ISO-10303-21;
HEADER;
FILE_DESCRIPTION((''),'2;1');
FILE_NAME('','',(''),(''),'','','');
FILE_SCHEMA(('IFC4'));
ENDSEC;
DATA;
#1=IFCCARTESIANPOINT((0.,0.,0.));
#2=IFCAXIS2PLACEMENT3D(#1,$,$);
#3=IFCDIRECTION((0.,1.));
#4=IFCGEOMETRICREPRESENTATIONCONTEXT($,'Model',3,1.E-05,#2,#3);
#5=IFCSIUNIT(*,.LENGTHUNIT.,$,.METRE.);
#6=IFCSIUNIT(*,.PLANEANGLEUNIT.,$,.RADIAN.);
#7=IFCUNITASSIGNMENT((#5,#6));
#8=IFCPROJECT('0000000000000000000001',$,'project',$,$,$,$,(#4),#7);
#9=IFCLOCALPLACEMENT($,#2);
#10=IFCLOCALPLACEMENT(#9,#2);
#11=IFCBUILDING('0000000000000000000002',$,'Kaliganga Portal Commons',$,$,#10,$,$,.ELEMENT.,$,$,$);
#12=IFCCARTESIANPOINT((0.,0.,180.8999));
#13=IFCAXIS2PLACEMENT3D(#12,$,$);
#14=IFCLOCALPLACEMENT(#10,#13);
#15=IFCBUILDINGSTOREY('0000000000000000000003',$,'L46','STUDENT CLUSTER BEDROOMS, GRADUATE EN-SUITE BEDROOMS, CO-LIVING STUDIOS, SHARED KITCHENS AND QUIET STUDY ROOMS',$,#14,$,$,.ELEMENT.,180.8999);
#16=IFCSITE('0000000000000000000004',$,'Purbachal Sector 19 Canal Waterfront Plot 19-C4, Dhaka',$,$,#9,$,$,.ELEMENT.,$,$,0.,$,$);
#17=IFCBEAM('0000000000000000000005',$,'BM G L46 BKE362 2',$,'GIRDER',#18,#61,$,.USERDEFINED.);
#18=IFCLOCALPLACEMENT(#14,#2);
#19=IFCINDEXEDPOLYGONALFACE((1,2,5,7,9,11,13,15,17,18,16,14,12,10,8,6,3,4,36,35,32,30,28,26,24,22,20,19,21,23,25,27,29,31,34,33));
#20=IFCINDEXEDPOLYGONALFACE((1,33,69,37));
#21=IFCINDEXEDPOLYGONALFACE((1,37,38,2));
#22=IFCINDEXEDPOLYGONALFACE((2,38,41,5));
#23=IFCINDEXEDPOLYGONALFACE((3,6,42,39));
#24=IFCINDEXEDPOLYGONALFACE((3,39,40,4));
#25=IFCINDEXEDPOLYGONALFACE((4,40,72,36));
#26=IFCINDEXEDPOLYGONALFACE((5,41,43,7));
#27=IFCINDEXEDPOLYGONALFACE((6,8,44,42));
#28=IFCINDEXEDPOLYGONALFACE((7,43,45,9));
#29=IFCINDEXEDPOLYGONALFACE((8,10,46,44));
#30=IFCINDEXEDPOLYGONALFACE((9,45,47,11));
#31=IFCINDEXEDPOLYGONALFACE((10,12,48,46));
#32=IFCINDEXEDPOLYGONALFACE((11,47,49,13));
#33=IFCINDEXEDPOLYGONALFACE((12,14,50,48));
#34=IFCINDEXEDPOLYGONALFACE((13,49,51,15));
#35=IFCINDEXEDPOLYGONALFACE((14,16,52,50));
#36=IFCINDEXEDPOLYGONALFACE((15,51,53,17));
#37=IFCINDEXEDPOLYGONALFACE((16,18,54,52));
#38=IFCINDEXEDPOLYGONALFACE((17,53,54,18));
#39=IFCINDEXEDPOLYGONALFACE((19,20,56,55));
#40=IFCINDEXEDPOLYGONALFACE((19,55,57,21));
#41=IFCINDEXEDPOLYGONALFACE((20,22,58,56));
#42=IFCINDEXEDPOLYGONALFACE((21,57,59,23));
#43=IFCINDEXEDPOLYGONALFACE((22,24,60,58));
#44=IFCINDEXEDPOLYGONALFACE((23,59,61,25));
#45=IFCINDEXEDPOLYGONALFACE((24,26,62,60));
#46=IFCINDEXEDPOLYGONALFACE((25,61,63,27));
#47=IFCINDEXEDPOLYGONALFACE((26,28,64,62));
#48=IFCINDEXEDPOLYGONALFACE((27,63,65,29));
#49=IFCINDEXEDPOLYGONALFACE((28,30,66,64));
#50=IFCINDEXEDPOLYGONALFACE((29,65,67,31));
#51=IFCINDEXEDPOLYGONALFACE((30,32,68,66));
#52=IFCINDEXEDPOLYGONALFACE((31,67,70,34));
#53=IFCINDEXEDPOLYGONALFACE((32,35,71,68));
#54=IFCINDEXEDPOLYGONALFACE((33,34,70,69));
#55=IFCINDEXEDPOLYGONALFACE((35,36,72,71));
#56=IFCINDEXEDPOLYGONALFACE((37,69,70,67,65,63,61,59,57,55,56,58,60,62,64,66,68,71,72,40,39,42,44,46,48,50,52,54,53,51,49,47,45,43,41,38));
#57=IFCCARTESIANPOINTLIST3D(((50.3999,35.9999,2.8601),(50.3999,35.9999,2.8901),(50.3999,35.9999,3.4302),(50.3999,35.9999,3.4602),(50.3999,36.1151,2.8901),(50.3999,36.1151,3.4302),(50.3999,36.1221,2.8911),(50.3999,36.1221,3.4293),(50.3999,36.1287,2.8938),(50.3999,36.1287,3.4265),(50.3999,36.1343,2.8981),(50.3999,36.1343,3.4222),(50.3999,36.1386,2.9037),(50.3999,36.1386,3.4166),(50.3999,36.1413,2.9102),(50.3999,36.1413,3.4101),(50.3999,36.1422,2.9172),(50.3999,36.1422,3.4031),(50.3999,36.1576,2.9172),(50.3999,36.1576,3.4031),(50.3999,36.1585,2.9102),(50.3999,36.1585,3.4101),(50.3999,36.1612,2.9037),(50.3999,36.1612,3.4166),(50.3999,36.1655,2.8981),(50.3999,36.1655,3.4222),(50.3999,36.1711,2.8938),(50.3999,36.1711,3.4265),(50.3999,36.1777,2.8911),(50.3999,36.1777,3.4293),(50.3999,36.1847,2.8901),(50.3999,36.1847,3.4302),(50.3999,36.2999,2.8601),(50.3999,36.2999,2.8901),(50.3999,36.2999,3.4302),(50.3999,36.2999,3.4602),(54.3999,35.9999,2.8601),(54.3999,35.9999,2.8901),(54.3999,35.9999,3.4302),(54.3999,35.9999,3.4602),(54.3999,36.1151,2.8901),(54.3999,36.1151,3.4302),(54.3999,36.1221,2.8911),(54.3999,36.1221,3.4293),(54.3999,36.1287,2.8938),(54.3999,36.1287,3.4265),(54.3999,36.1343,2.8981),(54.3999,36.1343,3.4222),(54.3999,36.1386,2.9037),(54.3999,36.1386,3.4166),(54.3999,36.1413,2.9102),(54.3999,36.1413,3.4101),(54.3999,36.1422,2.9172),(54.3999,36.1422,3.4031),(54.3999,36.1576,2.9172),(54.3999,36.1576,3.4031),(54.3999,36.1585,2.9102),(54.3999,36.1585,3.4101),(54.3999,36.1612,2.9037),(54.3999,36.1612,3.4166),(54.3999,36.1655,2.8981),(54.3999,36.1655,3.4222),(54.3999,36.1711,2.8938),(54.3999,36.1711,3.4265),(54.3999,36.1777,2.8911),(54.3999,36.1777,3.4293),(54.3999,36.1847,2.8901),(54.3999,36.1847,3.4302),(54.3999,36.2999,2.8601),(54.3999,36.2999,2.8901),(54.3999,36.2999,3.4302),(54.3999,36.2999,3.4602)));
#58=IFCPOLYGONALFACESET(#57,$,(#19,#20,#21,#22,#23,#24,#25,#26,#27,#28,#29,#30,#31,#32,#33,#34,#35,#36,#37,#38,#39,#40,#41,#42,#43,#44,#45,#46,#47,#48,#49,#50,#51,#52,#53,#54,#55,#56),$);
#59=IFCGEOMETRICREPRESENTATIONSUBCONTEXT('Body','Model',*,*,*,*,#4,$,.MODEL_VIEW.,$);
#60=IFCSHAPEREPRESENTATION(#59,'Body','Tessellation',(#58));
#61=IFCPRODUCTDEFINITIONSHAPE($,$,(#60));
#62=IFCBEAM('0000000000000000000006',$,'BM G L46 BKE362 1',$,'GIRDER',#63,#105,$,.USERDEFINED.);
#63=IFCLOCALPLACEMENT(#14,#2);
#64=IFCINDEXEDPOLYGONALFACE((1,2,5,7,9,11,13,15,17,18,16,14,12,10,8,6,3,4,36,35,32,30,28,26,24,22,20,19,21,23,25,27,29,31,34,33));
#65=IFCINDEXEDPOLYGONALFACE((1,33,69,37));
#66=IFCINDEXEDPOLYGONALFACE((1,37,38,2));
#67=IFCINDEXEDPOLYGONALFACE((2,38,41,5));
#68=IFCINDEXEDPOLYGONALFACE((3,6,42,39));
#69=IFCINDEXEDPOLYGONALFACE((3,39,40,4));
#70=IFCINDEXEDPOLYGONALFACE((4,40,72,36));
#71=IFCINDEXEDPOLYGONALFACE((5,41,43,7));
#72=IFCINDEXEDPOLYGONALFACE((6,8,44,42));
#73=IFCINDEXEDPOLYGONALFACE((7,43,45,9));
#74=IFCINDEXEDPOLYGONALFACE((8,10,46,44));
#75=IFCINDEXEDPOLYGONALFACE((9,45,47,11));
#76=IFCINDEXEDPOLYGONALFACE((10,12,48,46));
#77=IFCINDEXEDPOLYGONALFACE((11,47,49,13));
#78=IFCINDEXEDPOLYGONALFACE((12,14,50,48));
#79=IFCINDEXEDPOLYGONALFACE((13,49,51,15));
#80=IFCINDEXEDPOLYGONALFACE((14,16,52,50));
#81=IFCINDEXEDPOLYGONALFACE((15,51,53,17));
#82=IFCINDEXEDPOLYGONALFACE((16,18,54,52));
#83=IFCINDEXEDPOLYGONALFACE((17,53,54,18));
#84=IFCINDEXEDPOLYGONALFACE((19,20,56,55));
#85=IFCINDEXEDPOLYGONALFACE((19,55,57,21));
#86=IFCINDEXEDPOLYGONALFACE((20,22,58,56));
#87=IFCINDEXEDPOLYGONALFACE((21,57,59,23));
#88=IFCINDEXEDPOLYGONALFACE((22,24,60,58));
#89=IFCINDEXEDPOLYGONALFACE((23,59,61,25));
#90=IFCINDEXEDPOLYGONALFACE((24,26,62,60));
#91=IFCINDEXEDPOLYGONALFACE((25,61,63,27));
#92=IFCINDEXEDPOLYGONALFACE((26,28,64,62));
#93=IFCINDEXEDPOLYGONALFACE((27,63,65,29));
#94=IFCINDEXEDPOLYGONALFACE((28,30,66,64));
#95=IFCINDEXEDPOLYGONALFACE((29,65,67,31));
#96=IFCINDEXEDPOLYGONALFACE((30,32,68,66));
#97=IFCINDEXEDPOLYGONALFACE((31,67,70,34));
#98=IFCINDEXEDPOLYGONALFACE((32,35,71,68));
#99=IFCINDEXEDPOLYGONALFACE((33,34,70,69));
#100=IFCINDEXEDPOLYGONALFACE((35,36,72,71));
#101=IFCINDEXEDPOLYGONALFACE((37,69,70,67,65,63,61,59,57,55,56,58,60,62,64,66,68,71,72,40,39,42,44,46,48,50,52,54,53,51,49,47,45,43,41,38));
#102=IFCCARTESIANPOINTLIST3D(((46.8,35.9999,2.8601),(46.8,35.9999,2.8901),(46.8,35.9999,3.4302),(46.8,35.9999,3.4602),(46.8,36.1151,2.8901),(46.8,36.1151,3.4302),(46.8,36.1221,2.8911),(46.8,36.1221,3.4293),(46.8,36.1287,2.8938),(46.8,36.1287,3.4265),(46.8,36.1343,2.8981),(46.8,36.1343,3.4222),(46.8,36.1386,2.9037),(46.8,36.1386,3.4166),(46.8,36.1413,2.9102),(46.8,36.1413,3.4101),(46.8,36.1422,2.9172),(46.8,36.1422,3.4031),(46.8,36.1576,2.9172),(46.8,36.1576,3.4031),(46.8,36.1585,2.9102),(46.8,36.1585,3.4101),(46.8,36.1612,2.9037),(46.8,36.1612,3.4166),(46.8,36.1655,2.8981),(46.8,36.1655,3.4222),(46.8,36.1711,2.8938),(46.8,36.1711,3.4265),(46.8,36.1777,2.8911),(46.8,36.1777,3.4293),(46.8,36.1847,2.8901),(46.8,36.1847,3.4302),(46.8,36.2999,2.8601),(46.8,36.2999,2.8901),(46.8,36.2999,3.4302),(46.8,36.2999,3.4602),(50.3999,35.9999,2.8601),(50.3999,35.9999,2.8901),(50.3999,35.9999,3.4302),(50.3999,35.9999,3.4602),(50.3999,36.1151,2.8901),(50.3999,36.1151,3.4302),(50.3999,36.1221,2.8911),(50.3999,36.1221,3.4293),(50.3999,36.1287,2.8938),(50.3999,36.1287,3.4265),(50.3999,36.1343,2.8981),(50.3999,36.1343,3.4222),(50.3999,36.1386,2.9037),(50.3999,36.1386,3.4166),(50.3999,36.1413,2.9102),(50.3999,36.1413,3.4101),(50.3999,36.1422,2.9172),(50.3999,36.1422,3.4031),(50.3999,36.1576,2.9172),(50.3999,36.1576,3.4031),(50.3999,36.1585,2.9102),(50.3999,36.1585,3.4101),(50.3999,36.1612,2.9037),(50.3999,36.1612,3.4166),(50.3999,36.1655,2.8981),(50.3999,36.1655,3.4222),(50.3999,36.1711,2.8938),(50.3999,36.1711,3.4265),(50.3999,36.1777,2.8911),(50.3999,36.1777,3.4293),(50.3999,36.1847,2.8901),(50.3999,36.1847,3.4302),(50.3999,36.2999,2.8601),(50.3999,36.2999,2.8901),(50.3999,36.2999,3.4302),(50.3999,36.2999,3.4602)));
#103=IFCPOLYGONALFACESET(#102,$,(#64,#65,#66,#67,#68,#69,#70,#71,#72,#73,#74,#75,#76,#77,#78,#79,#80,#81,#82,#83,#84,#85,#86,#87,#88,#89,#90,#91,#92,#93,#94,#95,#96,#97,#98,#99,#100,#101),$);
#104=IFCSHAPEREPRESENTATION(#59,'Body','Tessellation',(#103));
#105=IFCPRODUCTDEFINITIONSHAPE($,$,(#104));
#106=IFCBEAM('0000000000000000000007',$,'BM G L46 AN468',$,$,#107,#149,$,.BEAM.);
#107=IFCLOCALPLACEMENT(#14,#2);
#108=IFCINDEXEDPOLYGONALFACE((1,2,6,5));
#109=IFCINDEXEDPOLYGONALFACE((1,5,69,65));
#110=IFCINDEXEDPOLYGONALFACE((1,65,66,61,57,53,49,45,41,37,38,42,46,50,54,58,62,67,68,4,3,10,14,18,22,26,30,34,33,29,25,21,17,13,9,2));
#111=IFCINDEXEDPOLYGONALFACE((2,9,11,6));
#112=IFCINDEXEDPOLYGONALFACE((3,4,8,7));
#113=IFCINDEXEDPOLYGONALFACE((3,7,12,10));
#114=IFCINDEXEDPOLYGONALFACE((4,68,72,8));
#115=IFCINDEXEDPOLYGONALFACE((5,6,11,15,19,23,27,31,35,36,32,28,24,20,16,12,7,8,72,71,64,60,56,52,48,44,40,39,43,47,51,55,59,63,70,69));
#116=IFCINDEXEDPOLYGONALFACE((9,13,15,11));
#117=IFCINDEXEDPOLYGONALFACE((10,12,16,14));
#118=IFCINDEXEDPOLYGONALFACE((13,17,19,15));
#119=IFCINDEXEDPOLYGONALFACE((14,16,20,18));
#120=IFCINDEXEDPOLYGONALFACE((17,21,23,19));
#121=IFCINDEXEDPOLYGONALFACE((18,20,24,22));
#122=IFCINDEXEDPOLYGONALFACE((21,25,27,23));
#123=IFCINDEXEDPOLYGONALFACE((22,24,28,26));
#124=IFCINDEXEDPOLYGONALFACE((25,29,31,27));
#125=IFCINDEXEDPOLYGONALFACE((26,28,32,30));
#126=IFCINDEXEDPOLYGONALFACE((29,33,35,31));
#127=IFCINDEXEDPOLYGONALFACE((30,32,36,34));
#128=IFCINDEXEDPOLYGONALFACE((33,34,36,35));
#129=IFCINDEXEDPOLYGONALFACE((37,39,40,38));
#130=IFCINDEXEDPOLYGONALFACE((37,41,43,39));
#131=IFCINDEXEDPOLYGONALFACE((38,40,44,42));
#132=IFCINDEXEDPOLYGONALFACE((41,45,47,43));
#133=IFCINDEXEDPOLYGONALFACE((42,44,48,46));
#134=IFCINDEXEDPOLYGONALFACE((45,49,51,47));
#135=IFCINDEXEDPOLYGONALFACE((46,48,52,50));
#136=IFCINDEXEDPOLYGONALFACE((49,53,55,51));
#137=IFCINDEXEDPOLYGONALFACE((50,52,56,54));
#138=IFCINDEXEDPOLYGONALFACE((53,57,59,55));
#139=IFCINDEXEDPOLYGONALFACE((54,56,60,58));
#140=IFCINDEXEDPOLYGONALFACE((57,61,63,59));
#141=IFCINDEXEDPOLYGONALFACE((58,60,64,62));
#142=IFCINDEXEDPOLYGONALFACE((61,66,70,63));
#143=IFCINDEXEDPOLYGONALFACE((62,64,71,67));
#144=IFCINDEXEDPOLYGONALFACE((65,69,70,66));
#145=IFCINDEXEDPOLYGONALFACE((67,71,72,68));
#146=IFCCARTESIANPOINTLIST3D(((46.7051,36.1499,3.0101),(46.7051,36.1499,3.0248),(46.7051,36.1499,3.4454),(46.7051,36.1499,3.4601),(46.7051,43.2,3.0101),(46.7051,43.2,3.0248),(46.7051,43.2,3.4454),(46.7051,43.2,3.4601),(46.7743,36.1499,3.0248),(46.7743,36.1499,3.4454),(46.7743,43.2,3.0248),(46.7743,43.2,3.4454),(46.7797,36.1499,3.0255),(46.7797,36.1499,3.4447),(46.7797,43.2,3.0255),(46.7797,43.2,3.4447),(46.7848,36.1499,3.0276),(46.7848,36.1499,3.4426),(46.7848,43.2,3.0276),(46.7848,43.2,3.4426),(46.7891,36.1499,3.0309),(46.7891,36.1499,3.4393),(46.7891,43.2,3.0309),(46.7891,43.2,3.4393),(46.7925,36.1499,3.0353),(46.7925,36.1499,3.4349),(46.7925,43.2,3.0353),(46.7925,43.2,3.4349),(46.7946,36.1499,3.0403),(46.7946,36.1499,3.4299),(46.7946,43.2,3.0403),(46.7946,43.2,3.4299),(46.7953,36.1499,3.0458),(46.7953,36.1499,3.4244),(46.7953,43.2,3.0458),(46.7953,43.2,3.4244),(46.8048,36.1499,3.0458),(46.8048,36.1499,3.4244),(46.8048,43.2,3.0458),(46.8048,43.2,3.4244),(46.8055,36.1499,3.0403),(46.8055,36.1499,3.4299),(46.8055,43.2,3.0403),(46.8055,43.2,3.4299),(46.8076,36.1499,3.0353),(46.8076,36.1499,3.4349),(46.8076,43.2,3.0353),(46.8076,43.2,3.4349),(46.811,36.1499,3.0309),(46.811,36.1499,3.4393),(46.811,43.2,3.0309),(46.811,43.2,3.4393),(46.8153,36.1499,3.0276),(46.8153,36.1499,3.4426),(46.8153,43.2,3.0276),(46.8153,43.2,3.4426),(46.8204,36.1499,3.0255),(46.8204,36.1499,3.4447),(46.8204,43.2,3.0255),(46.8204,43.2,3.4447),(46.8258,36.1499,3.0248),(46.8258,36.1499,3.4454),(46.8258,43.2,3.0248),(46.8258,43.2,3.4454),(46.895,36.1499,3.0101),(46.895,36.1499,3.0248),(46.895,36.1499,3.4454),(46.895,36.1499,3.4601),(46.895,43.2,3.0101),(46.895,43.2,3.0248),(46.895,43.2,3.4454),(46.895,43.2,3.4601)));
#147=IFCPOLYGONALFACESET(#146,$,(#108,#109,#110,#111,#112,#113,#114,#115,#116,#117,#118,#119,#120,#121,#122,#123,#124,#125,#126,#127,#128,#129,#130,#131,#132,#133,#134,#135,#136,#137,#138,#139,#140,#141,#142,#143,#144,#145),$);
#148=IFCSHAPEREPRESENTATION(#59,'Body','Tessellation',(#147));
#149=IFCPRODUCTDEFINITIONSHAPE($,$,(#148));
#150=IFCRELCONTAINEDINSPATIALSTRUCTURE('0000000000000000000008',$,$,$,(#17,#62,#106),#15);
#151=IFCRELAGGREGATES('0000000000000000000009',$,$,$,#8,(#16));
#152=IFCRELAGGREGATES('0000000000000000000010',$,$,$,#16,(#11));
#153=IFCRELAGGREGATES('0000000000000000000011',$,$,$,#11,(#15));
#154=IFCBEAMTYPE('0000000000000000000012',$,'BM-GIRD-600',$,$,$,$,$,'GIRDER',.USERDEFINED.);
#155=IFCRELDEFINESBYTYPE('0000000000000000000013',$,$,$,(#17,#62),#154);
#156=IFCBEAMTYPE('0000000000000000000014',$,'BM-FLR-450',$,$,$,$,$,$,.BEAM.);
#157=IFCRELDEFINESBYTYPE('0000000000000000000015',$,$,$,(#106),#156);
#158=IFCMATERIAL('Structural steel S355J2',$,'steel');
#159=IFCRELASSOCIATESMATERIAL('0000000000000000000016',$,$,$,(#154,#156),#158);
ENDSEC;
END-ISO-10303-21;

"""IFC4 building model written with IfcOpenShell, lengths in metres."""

from ifc_helpers import new_model, si_unit, direction, frame, origin, origin_2d, place, context, subcontext, project, spatial, i_section, extrude, source, transform, mapped, material, material_profile, profile_set, type_object, element, save


model = new_model("IFC4")

# Units and contexts
model_context = context("Model", 3, precision=1e-05, world=origin(), true_north=direction((0.0, 1.0)))
body_context = subcontext(model_context, "Body", "Model", "MODEL_VIEW")
ifc_project = project(units=[si_unit("LENGTHUNIT", "METRE"), si_unit("PLANEANGLEUNIT", "RADIAN")], contexts=[model_context])

# Site, building, storey
site_placement = place(None, origin())
site = spatial("IfcSite", under=ifc_project, at=site_placement, Name="Purbachal Sector 19 Canal Waterfront Plot 19-C4, Dhaka", CompositionType="ELEMENT", RefElevation=0.0)
building_placement = place(site_placement, origin())
building = spatial("IfcBuilding", under=site, at=building_placement, Name="Kaliganga Portal Commons", CompositionType="ELEMENT")
storey_placement = place(building_placement, frame((0.0, 0.0, 180.8999)))
storey = spatial("IfcBuildingStorey", under=building, at=storey_placement, Name="L46", Description="STUDENT CLUSTER BEDROOMS, GRADUATE EN-SUITE BEDROOMS, CO-LIVING STUDIOS, SHARED KITCHENS AND QUIET STUDY ROOMS", CompositionType="ELEMENT", Elevation=180.8999)

# Beams
ifc_material_1 = material(Name="Structural steel S355J2", Category="steel")
ifc_material_profile_1 = material_profile(ifc_material_1, i_section(OverallWidth=0.3, OverallDepth=0.6001, WebThickness=0.0154, FlangeThickness=0.03, FilletRadius=0.0271, at=origin_2d()), Name="HE 600 B")
ifc_profile_set_1 = profile_set([ifc_material_profile_1], Name="Structural steel S355J2 wide-flange")
beam_type_1 = type_object("IfcBeamType", Name="BM-GIRD-600", ElementType="GIRDER", PredefinedType="USERDEFINED", material=ifc_profile_set_1)
shared_shape_1 = source(origin(), body_context, "Body", "SweptSolid", [
    extrude(i_section(OverallWidth=0.3, OverallDepth=0.6001, WebThickness=0.0154, FlangeThickness=0.03, FilletRadius=0.0271, at=origin_2d()), origin(), (0.0, 0.0, 1.0), 4.0),
])
for number, where, z_axis, x_axis, name in (
    (1, (50.3999, 36.1499, 3.1602), (1.0, 0.0, 0.0), (0.0, 1.0, 0.0), "BM G L46 BKE362 2"),
):
    element("IfcBeam", number, at=place(storey_placement, frame(where, z_axis=z_axis, x_axis=x_axis)), inside=storey, type_object=beam_type_1, Name=name, ObjectType="GIRDER", PredefinedType="USERDEFINED", context=body_context, shape_type="MappedRepresentation", body=[
        mapped(shared_shape_1, transform((0.0, 0.0, 0.0), x_axis=(1.0, 0.0, 0.0), y_axis=(0.0, 1.0, 0.0), z_axis=(0.0, 0.0, 1.0), scale=1.0)),
    ])
shared_shape_2 = source(origin(), body_context, "Body", "SweptSolid", [
    extrude(i_section(OverallWidth=0.3, OverallDepth=0.6001, WebThickness=0.0154, FlangeThickness=0.03, FilletRadius=0.0271, at=origin_2d()), origin(), (0.0, 0.0, 1.0), 3.5999),
])
beam_1_placement = place(storey_placement, frame((46.8, 36.1499, 3.1602), z_axis=(1.0, 0.0, 0.0), x_axis=(0.0, 1.0, 0.0)))
element("IfcBeam", 2, at=beam_1_placement, inside=storey, type_object=beam_type_1, Name="BM G L46 BKE362 1", ObjectType="GIRDER", PredefinedType="USERDEFINED", context=body_context, shape_type="MappedRepresentation", body=[
    mapped(shared_shape_2, transform((0.0, 0.0, 0.0), x_axis=(1.0, 0.0, 0.0), y_axis=(0.0, 1.0, 0.0), z_axis=(0.0, 0.0, 1.0), scale=1.0)),
])
ifc_material_profile_2 = material_profile(ifc_material_1, i_section(OverallWidth=0.1899, OverallDepth=0.45, WebThickness=0.0095, FlangeThickness=0.0146, FilletRadius=0.021, at=origin_2d()), Name="IPE 450")
ifc_profile_set_2 = profile_set([ifc_material_profile_2], Name="Structural steel S355J2 wide-flange")
beam_type_2 = type_object("IfcBeamType", Name="BM-FLR-450", PredefinedType="BEAM", material=ifc_profile_set_2)
shared_shape_3 = source(origin(), body_context, "Body", "SweptSolid", [
    extrude(i_section(OverallWidth=0.1899, OverallDepth=0.45, WebThickness=0.0095, FlangeThickness=0.0146, FilletRadius=0.021, at=origin_2d()), origin(), (0.0, 0.0, 1.0), 7.05),
])
beam_2_placement = place(storey_placement, frame((46.8, 36.1499, 3.2351), z_axis=(0.0, 1.0, 0.0), x_axis=(-1.0, 0.0, 0.0)))
element("IfcBeam", 3, at=beam_2_placement, inside=storey, type_object=beam_type_2, Name="BM G L46 AN468", PredefinedType="BEAM", context=body_context, shape_type="MappedRepresentation", body=[
    mapped(shared_shape_3, transform((0.0, 0.0, 0.0), x_axis=(1.0, 0.0, 0.0), y_axis=(0.0, 1.0, 0.0), z_axis=(0.0, 0.0, 1.0), scale=1.0)),
])

save(model, "model.ifc")
